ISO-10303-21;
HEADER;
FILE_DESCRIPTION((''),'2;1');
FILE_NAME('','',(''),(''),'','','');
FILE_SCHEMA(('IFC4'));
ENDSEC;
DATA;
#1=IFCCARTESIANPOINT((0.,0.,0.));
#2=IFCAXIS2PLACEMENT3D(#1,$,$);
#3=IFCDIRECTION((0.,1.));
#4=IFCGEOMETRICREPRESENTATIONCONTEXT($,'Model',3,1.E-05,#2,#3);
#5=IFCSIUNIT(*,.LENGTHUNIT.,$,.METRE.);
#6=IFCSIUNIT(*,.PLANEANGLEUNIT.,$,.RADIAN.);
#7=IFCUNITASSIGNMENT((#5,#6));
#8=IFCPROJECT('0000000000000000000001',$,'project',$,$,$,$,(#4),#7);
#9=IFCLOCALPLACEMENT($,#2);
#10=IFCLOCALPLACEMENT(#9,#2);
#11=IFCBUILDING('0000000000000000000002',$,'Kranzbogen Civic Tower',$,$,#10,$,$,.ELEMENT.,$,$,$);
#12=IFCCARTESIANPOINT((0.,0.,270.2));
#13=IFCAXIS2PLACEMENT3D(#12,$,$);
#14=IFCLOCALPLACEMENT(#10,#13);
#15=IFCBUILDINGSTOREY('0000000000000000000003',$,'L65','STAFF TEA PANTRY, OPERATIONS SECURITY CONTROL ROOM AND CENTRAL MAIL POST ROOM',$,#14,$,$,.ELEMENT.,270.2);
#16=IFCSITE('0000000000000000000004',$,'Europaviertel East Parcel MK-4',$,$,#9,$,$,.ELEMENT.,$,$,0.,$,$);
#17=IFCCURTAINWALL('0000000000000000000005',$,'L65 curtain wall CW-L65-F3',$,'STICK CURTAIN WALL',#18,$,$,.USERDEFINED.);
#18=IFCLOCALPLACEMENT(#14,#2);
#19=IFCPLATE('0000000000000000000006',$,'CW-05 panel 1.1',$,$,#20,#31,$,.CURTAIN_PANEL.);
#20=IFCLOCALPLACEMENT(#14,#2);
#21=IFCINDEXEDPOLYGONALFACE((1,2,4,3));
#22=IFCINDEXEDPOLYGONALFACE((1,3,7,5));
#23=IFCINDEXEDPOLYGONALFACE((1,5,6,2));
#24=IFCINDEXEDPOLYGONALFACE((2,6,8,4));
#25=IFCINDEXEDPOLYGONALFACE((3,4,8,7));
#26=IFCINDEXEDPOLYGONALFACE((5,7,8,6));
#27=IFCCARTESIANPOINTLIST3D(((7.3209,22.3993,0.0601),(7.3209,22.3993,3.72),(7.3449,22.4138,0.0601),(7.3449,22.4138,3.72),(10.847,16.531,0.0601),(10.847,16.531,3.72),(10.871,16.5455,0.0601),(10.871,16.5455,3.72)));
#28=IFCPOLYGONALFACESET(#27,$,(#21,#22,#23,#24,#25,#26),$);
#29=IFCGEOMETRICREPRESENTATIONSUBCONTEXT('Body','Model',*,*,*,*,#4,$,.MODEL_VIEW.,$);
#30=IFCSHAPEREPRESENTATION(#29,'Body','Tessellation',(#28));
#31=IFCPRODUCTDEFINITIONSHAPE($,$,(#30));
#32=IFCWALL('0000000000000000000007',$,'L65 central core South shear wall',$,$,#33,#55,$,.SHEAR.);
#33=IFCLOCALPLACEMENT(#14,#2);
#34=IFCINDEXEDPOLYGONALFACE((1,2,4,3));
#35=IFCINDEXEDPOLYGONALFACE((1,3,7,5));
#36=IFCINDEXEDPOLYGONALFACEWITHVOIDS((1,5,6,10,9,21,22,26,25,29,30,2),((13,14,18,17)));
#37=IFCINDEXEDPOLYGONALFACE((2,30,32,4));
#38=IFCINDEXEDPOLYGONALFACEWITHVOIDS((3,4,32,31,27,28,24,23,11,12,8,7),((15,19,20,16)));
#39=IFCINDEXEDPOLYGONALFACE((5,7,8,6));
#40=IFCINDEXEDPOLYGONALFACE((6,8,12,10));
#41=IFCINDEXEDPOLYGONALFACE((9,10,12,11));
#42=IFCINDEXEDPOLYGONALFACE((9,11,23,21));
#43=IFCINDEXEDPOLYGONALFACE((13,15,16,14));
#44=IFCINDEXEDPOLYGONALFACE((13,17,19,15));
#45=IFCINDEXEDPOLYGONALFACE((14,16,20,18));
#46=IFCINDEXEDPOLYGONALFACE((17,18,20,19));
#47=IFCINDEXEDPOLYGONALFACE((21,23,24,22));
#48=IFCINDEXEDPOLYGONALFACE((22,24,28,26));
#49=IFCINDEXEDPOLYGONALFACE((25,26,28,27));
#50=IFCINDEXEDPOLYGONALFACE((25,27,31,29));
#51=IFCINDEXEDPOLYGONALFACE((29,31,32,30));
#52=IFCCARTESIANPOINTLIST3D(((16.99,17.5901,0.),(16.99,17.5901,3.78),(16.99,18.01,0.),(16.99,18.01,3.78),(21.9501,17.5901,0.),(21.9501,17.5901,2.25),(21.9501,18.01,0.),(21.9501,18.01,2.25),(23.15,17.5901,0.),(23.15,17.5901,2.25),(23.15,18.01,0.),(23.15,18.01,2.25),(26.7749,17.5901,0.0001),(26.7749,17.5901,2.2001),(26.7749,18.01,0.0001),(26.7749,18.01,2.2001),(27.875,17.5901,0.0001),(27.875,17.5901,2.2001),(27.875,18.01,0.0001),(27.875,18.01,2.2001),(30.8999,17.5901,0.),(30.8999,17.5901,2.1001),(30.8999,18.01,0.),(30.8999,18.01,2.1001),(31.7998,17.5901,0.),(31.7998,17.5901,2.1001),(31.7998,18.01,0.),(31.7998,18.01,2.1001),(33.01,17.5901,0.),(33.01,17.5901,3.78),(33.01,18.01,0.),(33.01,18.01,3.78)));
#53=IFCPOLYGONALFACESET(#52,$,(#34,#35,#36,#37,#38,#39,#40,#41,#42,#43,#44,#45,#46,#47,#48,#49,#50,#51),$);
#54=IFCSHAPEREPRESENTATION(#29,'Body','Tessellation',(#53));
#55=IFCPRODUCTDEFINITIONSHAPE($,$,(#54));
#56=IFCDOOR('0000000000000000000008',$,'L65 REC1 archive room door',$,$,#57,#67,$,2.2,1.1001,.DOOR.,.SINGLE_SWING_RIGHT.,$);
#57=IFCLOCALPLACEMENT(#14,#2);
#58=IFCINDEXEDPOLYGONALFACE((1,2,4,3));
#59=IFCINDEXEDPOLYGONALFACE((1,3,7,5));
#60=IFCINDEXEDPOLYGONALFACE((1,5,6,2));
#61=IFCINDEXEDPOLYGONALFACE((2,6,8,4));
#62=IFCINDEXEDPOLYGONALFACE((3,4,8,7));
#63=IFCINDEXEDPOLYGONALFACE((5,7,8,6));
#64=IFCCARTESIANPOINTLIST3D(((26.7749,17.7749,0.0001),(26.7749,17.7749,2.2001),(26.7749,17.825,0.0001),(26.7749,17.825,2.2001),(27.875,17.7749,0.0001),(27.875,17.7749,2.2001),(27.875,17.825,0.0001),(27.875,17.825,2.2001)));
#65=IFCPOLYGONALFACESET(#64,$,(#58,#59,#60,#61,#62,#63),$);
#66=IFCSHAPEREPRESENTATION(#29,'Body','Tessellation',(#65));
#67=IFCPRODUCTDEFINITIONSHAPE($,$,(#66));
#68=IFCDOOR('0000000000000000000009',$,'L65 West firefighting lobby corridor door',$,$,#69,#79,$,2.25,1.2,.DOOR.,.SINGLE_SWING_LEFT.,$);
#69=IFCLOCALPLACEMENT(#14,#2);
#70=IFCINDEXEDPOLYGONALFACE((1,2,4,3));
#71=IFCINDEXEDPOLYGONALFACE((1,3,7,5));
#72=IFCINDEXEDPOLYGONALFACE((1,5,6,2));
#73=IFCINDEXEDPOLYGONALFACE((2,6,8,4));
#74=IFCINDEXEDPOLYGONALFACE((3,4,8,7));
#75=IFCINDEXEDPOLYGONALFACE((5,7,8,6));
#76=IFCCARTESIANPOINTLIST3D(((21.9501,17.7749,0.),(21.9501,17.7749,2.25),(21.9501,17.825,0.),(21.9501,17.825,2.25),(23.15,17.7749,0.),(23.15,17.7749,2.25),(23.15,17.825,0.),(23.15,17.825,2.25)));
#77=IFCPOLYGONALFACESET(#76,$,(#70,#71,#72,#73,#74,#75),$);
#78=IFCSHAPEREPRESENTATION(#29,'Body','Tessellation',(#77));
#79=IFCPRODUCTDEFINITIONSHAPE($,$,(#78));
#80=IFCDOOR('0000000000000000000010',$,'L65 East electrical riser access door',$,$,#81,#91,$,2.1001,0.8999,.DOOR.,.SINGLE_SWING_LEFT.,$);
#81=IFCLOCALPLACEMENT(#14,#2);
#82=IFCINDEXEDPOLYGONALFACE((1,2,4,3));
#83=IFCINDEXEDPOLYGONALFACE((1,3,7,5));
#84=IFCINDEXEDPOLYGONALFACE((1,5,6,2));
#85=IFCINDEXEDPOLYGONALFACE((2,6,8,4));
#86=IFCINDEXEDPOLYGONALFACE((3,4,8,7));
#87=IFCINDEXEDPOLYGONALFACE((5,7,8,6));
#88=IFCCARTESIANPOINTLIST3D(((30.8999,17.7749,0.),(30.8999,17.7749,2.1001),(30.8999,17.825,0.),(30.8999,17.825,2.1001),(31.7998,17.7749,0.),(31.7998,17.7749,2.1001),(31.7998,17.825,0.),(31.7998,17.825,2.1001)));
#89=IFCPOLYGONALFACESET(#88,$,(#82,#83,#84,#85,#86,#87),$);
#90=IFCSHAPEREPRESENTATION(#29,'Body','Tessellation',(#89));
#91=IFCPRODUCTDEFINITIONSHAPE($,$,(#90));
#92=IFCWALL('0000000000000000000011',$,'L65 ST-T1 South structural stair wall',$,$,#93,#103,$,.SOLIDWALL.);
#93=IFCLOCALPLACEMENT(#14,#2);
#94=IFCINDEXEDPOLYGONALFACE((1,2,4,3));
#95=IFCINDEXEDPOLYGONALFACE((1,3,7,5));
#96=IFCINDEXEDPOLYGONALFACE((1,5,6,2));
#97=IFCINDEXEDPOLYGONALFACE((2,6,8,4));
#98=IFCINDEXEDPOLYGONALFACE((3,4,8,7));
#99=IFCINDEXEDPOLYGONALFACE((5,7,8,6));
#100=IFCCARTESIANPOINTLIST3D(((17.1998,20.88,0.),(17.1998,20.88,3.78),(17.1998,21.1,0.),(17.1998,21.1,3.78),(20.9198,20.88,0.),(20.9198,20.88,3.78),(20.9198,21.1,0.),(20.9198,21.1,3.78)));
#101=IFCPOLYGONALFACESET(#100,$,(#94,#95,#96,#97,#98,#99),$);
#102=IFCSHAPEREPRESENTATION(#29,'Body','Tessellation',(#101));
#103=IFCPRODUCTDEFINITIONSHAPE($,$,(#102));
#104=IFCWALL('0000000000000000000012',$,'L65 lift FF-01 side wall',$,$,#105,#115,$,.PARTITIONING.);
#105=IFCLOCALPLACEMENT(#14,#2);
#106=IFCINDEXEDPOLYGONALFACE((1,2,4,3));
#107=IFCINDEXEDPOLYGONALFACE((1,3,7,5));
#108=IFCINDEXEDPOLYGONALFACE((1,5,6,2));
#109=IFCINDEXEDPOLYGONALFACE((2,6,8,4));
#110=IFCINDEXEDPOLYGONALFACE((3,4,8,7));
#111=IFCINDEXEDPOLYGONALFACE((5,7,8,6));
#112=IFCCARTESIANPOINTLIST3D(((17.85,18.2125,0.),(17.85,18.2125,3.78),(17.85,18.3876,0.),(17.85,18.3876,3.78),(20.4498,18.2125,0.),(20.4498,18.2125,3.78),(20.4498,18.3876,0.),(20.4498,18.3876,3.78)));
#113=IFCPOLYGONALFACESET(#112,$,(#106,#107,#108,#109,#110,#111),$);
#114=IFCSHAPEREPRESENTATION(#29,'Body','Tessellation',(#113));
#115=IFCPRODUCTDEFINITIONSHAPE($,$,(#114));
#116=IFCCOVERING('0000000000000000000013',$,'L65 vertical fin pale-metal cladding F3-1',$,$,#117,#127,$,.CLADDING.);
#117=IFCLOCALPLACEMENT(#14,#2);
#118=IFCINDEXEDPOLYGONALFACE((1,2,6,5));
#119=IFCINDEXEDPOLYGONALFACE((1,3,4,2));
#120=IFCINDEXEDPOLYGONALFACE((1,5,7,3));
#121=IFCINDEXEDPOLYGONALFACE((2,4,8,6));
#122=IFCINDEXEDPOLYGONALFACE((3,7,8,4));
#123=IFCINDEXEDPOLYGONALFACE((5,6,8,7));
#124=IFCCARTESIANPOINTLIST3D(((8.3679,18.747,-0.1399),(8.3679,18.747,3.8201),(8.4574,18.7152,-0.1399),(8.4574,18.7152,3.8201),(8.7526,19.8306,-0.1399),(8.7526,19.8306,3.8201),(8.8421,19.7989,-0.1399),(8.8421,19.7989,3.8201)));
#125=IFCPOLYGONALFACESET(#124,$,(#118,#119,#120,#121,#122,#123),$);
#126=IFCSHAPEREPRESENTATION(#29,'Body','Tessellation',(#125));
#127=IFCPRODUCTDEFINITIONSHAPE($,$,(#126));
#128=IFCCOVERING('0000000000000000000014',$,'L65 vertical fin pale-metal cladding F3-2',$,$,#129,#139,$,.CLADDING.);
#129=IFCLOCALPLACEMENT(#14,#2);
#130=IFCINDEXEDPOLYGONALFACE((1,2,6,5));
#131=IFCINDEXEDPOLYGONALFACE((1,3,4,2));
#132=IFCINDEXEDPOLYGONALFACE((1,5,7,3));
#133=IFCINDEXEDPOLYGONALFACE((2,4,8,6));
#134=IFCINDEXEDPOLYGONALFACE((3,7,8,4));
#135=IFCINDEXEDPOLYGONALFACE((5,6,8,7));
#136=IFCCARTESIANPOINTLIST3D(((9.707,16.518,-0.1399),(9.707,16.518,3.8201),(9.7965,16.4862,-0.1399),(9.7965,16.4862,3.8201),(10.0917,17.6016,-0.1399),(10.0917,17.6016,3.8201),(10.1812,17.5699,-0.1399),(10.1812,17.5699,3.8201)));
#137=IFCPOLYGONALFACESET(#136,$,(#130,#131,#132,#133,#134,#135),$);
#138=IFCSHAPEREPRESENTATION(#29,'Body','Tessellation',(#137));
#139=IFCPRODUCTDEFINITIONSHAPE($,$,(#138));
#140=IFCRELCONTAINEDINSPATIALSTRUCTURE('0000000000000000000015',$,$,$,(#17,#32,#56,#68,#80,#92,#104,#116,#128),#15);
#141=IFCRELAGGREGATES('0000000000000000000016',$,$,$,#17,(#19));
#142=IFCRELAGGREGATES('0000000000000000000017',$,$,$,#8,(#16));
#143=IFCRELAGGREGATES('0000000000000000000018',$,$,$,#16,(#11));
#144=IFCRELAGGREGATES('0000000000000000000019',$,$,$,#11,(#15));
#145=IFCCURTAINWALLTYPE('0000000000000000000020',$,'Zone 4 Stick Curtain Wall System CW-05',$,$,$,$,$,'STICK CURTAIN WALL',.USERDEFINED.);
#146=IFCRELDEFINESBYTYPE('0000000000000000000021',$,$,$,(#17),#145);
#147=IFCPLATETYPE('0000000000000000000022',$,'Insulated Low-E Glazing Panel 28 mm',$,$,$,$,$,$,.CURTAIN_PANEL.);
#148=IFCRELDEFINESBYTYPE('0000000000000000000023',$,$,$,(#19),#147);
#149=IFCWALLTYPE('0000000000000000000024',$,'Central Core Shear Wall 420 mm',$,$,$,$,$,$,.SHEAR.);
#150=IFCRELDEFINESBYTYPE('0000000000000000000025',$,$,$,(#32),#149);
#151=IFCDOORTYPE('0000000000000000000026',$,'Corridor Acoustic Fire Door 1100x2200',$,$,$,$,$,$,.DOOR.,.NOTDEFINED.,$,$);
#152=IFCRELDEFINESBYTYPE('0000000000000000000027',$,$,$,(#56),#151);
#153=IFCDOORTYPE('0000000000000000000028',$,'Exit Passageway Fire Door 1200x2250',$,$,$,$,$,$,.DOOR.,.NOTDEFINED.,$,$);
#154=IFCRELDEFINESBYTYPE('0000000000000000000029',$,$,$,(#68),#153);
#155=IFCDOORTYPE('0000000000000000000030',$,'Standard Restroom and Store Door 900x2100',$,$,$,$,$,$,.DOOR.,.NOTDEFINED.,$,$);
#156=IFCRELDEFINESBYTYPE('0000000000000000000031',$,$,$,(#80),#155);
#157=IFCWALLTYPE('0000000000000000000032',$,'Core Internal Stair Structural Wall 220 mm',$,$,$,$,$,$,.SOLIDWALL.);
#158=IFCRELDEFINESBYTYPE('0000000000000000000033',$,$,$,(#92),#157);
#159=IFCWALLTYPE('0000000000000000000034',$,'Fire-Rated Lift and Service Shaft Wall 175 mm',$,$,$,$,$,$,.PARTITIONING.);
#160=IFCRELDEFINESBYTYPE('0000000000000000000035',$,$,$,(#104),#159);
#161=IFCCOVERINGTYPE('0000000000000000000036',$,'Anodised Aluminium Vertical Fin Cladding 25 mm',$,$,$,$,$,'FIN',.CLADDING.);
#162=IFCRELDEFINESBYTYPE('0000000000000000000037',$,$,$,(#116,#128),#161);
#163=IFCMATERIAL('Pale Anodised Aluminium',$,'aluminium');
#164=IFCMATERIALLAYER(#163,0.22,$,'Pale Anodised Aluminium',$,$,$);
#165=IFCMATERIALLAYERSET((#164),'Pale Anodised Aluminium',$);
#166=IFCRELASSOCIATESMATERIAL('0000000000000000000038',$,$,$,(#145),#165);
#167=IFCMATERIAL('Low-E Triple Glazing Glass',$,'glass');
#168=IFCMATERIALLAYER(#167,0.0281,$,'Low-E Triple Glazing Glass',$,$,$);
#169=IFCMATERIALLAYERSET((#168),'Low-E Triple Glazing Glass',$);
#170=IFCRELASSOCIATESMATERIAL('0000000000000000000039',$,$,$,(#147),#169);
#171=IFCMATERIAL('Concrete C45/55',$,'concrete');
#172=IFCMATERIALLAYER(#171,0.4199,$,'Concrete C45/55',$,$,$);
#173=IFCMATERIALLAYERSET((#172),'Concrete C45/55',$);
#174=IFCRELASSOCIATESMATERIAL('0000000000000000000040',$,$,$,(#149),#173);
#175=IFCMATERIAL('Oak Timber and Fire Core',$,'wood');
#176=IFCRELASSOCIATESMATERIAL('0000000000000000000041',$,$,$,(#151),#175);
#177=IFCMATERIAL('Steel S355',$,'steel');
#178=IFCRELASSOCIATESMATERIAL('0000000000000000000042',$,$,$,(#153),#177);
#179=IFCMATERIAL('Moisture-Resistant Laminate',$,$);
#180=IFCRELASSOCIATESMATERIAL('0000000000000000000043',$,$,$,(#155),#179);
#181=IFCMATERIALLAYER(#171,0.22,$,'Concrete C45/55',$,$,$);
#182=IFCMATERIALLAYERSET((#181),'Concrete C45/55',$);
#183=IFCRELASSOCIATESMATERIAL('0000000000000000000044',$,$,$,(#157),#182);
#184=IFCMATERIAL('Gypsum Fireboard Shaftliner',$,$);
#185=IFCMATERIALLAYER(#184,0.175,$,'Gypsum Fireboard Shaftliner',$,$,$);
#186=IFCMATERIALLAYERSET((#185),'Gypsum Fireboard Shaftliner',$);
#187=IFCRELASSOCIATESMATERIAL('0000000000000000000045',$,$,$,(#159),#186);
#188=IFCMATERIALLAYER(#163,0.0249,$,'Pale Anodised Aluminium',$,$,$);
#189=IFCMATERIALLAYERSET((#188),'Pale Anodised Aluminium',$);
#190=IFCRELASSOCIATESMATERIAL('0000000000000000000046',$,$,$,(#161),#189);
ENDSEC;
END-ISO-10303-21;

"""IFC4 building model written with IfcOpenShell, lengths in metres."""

from ifc_helpers import new_model, si_unit, direction, frame, frame_2d, origin, origin_2d, place, context, subcontext, project, spatial, rectangle, extrude, material, layer, layer_set, type_object, element, fill, aggregate, save


model = new_model("IFC4")

# Units and contexts
model_context = context("Model", 3, precision=1e-05, world=origin(), true_north=direction((0.0, 1.0)))
body_context = subcontext(model_context, "Body", "Model", "MODEL_VIEW")
ifc_project = project(units=[si_unit("LENGTHUNIT", "METRE"), si_unit("PLANEANGLEUNIT", "RADIAN")], contexts=[model_context])

# Site, building, storey
site_placement = place(None, origin())
site = spatial("IfcSite", under=ifc_project, at=site_placement, Name="Europaviertel East Parcel MK-4", CompositionType="ELEMENT", RefElevation=0.0)
building_placement = place(site_placement, origin())
building = spatial("IfcBuilding", under=site, at=building_placement, Name="Kranzbogen Civic Tower", CompositionType="ELEMENT")
storey_placement = place(building_placement, frame((0.0, 0.0, 270.2)))
storey = spatial("IfcBuildingStorey", under=building, at=storey_placement, Name="L65", Description="STAFF TEA PANTRY, OPERATIONS SECURITY CONTROL ROOM AND CENTRAL MAIL POST ROOM", CompositionType="ELEMENT", Elevation=270.2)

# Shared definitions
ifc_material_1 = material(Name="Steel S355", Category="steel")

# Curtain wall
ifc_material_2 = material(Name="Pale Anodised Aluminium", Category="aluminium")
ifc_layer_1 = layer(ifc_material_2, 0.22, Name="Pale Anodised Aluminium")
ifc_layer_set_1 = layer_set([ifc_layer_1], Name="Pale Anodised Aluminium")
curtain_wall_type = type_object("IfcCurtainWallType", Name="Zone 4 Stick Curtain Wall System CW-05", ElementType="STICK CURTAIN WALL", PredefinedType="USERDEFINED", material=ifc_layer_set_1)
curtain_wall_placement = place(storey_placement, origin())
curtain_wall = element("IfcCurtainWall", 1, at=curtain_wall_placement, inside=storey, type_object=curtain_wall_type, Name="L65 curtain wall CW-L65-F3", ObjectType="STICK CURTAIN WALL", PredefinedType="USERDEFINED")

# Plate
ifc_material_3 = material(Name="Low-E Triple Glazing Glass", Category="glass")
ifc_layer_2 = layer(ifc_material_3, 0.0281, Name="Low-E Triple Glazing Glass")
ifc_layer_set_2 = layer_set([ifc_layer_2], Name="Low-E Triple Glazing Glass")
plate_type = type_object("IfcPlateType", Name="Insulated Low-E Glazing Panel 28 mm", PredefinedType="CURTAIN_PANEL", material=ifc_layer_set_2)
plate_placement = place(storey_placement, frame((9.0959, 19.4724, 0.0601), z_axis=(0.0, 0.0, 1.0), x_axis=(0.515047, -0.857162, 0.0)))
plate = element("IfcPlate", 2, at=plate_placement, type_object=plate_type, Name="CW-05 panel 1.1", PredefinedType="CURTAIN_PANEL", context=body_context, shape_type="SweptSolid", body=[
    extrude(rectangle(XDim=6.8462, YDim=0.0281, at=origin_2d()), origin(), (0.0, 0.0, 1.0), 3.6599),
])
aggregate(curtain_wall, [plate])

# Wall, openings, doors
ifc_material_4 = material(Name="Concrete C45/55", Category="concrete")
ifc_layer_3 = layer(ifc_material_4, 0.4199, Name="Concrete C45/55")
ifc_layer_set_3 = layer_set([ifc_layer_3], Name="Concrete C45/55")
wall_type_1 = type_object("IfcWallType", Name="Central Core Shear Wall 420 mm", PredefinedType="SHEAR", material=ifc_layer_set_3)
wall_1_placement = place(storey_placement, frame((16.99, 17.8, 0.0), z_axis=(0.0, 0.0, 1.0), x_axis=(1.0, 0.0, 0.0)))
wall_1 = element("IfcWall", 3, at=wall_1_placement, inside=storey, type_object=wall_type_1, Name="L65 central core South shear wall", PredefinedType="SHEAR", context=body_context, shape_type="SweptSolid", body=[
    extrude(rectangle(XDim=16.02, YDim=0.4199, at=frame_2d((8.01, 0.0))), origin(), (0.0, 0.0, 1.0), 3.78),
])
opening_1_placement = place(wall_1_placement, frame((4.96, 0.0, 0.0)))
opening_1 = element("IfcOpeningElement", 4, at=opening_1_placement, cuts=wall_1, PredefinedType="OPENING", context=body_context, shape_type="SweptSolid", body=[
    extrude(rectangle(XDim=1.2, YDim=2.25, at=frame_2d((0.6001, 1.125))), frame((0.0, 0.22, 0.0), z_axis=(0.0, -1.0, 0.0), x_axis=(1.0, 0.0, 0.0)), (0.0, 0.0, 1.0), 0.4399),
])
opening_2_placement = place(wall_1_placement, frame((13.9099, 0.0, 0.0)))
opening_2 = element("IfcOpeningElement", 5, at=opening_2_placement, cuts=wall_1, PredefinedType="OPENING", context=body_context, shape_type="SweptSolid", body=[
    extrude(rectangle(XDim=0.8999, YDim=2.1001, at=frame_2d((0.45, 1.05))), frame((0.0, 0.22, 0.0), z_axis=(0.0, -1.0, 0.0), x_axis=(1.0, 0.0, 0.0)), (0.0, 0.0, 1.0), 0.4399),
])
opening_3_placement = place(wall_1_placement, frame((9.7849, 0.0, 0.0)))
opening_3 = element("IfcOpeningElement", 6, at=opening_3_placement, cuts=wall_1, PredefinedType="OPENING", context=body_context, shape_type="SweptSolid", body=[
    extrude(rectangle(XDim=1.1001, YDim=2.2, at=frame_2d((0.55, 1.1001))), frame((0.0, 0.22, 0.0), z_axis=(0.0, -1.0, 0.0), x_axis=(1.0, 0.0, 0.0)), (0.0, 0.0, 1.0), 0.4399),
])
ifc_material_5 = material(Name="Oak Timber and Fire Core", Category="wood")
door_type_1 = type_object("IfcDoorType", Name="Corridor Acoustic Fire Door 1100x2200", OperationType="NOTDEFINED", PredefinedType="DOOR", material=ifc_material_5)
door_1_placement = place(opening_3_placement, origin())
door_1 = element("IfcDoor", 7, at=door_1_placement, inside=storey, type_object=door_type_1, Name="L65 REC1 archive room door", OperationType="SINGLE_SWING_RIGHT", OverallHeight=2.2, OverallWidth=1.1001, PredefinedType="DOOR", context=body_context, shape_type="SweptSolid", body=[
    extrude(rectangle(XDim=1.1001, YDim=2.2, at=frame_2d((0.55, 1.1001))), frame((0.0, 0.0249, 0.0), z_axis=(0.0, -1.0, 0.0), x_axis=(1.0, 0.0, 0.0)), (0.0, 0.0, 1.0), 0.05),
])
fill(opening_3, door_1)
door_type_2 = type_object("IfcDoorType", Name="Exit Passageway Fire Door 1200x2250", OperationType="NOTDEFINED", PredefinedType="DOOR", material=ifc_material_1)
door_2_placement = place(opening_1_placement, origin())
door_2 = element("IfcDoor", 8, at=door_2_placement, inside=storey, type_object=door_type_2, Name="L65 West firefighting lobby corridor door", OperationType="SINGLE_SWING_LEFT", OverallHeight=2.25, OverallWidth=1.2, PredefinedType="DOOR", context=body_context, shape_type="SweptSolid", body=[
    extrude(rectangle(XDim=1.2, YDim=2.25, at=frame_2d((0.6001, 1.125))), frame((0.0, 0.0249, 0.0), z_axis=(0.0, -1.0, 0.0), x_axis=(1.0, 0.0, 0.0)), (0.0, 0.0, 1.0), 0.05),
])
fill(opening_1, door_2)
ifc_material_6 = material(Name="Moisture-Resistant Laminate")
door_type_3 = type_object("IfcDoorType", Name="Standard Restroom and Store Door 900x2100", OperationType="NOTDEFINED", PredefinedType="DOOR", material=ifc_material_6)
door_3_placement = place(opening_2_placement, origin())
door_3 = element("IfcDoor", 9, at=door_3_placement, inside=storey, type_object=door_type_3, Name="L65 East electrical riser access door", OperationType="SINGLE_SWING_LEFT", OverallHeight=2.1001, OverallWidth=0.8999, PredefinedType="DOOR", context=body_context, shape_type="SweptSolid", body=[
    extrude(rectangle(XDim=0.8999, YDim=2.1001, at=frame_2d((0.45, 1.05))), frame((0.0, 0.0249, 0.0), z_axis=(0.0, -1.0, 0.0), x_axis=(1.0, 0.0, 0.0)), (0.0, 0.0, 1.0), 0.05),
])
fill(opening_2, door_3)

# Walls
ifc_layer_4 = layer(ifc_material_4, 0.22, Name="Concrete C45/55")
ifc_layer_set_4 = layer_set([ifc_layer_4], Name="Concrete C45/55")
wall_type_2 = type_object("IfcWallType", Name="Core Internal Stair Structural Wall 220 mm", PredefinedType="SOLIDWALL", material=ifc_layer_set_4)
wall_2_placement = place(storey_placement, frame((17.2, 20.99, 0.0), z_axis=(0.0, 0.0, 1.0), x_axis=(1.0, 0.0, 0.0)))
element("IfcWall", 10, at=wall_2_placement, inside=storey, type_object=wall_type_2, Name="L65 ST-T1 South structural stair wall", PredefinedType="SOLIDWALL", context=body_context, shape_type="SweptSolid", body=[
    extrude(rectangle(XDim=3.72, YDim=0.22, at=frame_2d((1.8599, 0.0))), origin(), (0.0, 0.0, 1.0), 3.78),
])
ifc_material_7 = material(Name="Gypsum Fireboard Shaftliner")
ifc_layer_5 = layer(ifc_material_7, 0.175, Name="Gypsum Fireboard Shaftliner")
ifc_layer_set_5 = layer_set([ifc_layer_5], Name="Gypsum Fireboard Shaftliner")
wall_type_3 = type_object("IfcWallType", Name="Fire-Rated Lift and Service Shaft Wall 175 mm", PredefinedType="PARTITIONING", material=ifc_layer_set_5)
wall_3_placement = place(storey_placement, frame((17.8501, 18.3, 0.0), z_axis=(0.0, 0.0, 1.0), x_axis=(1.0, 0.0, 0.0)))
element("IfcWall", 11, at=wall_3_placement, inside=storey, type_object=wall_type_3, Name="L65 lift FF-01 side wall", PredefinedType="PARTITIONING", context=body_context, shape_type="SweptSolid", body=[
    extrude(rectangle(XDim=2.5999, YDim=0.175, at=frame_2d((1.2998, 0.0))), origin(), (0.0, 0.0, 1.0), 3.78),
])

# Coverings
ifc_layer_6 = layer(ifc_material_2, 0.0249, Name="Pale Anodised Aluminium")
ifc_layer_set_6 = layer_set([ifc_layer_6], Name="Pale Anodised Aluminium")
covering_type = type_object("IfcCoveringType", Name="Anodised Aluminium Vertical Fin Cladding 25 mm", ElementType="FIN", PredefinedType="CLADDING", material=ifc_layer_set_6)
for number, where, z_axis, x_axis, name in (
    (12, (8.605, 19.2729, -0.1399), (0.0, 0.0, 1.0), (-0.334596, -0.942362, 0.0), "L65 vertical fin pale-metal cladding F3-1"),
    (13, (9.9441, 17.0439, -0.1399), (0.0, 0.0, 1.0), (-0.334596, -0.942362, 0.0), "L65 vertical fin pale-metal cladding F3-2"),
):
    element("IfcCovering", number, at=place(storey_placement, frame(where, z_axis=z_axis, x_axis=x_axis)), inside=storey, type_object=covering_type, Name=name, PredefinedType="CLADDING", context=body_context, shape_type="SweptSolid", body=[
        extrude(rectangle(XDim=1.1499, YDim=0.095, at=origin_2d()), origin(), (0.0, 0.0, 1.0), 3.96),
    ])

save(model, "model.ifc")
